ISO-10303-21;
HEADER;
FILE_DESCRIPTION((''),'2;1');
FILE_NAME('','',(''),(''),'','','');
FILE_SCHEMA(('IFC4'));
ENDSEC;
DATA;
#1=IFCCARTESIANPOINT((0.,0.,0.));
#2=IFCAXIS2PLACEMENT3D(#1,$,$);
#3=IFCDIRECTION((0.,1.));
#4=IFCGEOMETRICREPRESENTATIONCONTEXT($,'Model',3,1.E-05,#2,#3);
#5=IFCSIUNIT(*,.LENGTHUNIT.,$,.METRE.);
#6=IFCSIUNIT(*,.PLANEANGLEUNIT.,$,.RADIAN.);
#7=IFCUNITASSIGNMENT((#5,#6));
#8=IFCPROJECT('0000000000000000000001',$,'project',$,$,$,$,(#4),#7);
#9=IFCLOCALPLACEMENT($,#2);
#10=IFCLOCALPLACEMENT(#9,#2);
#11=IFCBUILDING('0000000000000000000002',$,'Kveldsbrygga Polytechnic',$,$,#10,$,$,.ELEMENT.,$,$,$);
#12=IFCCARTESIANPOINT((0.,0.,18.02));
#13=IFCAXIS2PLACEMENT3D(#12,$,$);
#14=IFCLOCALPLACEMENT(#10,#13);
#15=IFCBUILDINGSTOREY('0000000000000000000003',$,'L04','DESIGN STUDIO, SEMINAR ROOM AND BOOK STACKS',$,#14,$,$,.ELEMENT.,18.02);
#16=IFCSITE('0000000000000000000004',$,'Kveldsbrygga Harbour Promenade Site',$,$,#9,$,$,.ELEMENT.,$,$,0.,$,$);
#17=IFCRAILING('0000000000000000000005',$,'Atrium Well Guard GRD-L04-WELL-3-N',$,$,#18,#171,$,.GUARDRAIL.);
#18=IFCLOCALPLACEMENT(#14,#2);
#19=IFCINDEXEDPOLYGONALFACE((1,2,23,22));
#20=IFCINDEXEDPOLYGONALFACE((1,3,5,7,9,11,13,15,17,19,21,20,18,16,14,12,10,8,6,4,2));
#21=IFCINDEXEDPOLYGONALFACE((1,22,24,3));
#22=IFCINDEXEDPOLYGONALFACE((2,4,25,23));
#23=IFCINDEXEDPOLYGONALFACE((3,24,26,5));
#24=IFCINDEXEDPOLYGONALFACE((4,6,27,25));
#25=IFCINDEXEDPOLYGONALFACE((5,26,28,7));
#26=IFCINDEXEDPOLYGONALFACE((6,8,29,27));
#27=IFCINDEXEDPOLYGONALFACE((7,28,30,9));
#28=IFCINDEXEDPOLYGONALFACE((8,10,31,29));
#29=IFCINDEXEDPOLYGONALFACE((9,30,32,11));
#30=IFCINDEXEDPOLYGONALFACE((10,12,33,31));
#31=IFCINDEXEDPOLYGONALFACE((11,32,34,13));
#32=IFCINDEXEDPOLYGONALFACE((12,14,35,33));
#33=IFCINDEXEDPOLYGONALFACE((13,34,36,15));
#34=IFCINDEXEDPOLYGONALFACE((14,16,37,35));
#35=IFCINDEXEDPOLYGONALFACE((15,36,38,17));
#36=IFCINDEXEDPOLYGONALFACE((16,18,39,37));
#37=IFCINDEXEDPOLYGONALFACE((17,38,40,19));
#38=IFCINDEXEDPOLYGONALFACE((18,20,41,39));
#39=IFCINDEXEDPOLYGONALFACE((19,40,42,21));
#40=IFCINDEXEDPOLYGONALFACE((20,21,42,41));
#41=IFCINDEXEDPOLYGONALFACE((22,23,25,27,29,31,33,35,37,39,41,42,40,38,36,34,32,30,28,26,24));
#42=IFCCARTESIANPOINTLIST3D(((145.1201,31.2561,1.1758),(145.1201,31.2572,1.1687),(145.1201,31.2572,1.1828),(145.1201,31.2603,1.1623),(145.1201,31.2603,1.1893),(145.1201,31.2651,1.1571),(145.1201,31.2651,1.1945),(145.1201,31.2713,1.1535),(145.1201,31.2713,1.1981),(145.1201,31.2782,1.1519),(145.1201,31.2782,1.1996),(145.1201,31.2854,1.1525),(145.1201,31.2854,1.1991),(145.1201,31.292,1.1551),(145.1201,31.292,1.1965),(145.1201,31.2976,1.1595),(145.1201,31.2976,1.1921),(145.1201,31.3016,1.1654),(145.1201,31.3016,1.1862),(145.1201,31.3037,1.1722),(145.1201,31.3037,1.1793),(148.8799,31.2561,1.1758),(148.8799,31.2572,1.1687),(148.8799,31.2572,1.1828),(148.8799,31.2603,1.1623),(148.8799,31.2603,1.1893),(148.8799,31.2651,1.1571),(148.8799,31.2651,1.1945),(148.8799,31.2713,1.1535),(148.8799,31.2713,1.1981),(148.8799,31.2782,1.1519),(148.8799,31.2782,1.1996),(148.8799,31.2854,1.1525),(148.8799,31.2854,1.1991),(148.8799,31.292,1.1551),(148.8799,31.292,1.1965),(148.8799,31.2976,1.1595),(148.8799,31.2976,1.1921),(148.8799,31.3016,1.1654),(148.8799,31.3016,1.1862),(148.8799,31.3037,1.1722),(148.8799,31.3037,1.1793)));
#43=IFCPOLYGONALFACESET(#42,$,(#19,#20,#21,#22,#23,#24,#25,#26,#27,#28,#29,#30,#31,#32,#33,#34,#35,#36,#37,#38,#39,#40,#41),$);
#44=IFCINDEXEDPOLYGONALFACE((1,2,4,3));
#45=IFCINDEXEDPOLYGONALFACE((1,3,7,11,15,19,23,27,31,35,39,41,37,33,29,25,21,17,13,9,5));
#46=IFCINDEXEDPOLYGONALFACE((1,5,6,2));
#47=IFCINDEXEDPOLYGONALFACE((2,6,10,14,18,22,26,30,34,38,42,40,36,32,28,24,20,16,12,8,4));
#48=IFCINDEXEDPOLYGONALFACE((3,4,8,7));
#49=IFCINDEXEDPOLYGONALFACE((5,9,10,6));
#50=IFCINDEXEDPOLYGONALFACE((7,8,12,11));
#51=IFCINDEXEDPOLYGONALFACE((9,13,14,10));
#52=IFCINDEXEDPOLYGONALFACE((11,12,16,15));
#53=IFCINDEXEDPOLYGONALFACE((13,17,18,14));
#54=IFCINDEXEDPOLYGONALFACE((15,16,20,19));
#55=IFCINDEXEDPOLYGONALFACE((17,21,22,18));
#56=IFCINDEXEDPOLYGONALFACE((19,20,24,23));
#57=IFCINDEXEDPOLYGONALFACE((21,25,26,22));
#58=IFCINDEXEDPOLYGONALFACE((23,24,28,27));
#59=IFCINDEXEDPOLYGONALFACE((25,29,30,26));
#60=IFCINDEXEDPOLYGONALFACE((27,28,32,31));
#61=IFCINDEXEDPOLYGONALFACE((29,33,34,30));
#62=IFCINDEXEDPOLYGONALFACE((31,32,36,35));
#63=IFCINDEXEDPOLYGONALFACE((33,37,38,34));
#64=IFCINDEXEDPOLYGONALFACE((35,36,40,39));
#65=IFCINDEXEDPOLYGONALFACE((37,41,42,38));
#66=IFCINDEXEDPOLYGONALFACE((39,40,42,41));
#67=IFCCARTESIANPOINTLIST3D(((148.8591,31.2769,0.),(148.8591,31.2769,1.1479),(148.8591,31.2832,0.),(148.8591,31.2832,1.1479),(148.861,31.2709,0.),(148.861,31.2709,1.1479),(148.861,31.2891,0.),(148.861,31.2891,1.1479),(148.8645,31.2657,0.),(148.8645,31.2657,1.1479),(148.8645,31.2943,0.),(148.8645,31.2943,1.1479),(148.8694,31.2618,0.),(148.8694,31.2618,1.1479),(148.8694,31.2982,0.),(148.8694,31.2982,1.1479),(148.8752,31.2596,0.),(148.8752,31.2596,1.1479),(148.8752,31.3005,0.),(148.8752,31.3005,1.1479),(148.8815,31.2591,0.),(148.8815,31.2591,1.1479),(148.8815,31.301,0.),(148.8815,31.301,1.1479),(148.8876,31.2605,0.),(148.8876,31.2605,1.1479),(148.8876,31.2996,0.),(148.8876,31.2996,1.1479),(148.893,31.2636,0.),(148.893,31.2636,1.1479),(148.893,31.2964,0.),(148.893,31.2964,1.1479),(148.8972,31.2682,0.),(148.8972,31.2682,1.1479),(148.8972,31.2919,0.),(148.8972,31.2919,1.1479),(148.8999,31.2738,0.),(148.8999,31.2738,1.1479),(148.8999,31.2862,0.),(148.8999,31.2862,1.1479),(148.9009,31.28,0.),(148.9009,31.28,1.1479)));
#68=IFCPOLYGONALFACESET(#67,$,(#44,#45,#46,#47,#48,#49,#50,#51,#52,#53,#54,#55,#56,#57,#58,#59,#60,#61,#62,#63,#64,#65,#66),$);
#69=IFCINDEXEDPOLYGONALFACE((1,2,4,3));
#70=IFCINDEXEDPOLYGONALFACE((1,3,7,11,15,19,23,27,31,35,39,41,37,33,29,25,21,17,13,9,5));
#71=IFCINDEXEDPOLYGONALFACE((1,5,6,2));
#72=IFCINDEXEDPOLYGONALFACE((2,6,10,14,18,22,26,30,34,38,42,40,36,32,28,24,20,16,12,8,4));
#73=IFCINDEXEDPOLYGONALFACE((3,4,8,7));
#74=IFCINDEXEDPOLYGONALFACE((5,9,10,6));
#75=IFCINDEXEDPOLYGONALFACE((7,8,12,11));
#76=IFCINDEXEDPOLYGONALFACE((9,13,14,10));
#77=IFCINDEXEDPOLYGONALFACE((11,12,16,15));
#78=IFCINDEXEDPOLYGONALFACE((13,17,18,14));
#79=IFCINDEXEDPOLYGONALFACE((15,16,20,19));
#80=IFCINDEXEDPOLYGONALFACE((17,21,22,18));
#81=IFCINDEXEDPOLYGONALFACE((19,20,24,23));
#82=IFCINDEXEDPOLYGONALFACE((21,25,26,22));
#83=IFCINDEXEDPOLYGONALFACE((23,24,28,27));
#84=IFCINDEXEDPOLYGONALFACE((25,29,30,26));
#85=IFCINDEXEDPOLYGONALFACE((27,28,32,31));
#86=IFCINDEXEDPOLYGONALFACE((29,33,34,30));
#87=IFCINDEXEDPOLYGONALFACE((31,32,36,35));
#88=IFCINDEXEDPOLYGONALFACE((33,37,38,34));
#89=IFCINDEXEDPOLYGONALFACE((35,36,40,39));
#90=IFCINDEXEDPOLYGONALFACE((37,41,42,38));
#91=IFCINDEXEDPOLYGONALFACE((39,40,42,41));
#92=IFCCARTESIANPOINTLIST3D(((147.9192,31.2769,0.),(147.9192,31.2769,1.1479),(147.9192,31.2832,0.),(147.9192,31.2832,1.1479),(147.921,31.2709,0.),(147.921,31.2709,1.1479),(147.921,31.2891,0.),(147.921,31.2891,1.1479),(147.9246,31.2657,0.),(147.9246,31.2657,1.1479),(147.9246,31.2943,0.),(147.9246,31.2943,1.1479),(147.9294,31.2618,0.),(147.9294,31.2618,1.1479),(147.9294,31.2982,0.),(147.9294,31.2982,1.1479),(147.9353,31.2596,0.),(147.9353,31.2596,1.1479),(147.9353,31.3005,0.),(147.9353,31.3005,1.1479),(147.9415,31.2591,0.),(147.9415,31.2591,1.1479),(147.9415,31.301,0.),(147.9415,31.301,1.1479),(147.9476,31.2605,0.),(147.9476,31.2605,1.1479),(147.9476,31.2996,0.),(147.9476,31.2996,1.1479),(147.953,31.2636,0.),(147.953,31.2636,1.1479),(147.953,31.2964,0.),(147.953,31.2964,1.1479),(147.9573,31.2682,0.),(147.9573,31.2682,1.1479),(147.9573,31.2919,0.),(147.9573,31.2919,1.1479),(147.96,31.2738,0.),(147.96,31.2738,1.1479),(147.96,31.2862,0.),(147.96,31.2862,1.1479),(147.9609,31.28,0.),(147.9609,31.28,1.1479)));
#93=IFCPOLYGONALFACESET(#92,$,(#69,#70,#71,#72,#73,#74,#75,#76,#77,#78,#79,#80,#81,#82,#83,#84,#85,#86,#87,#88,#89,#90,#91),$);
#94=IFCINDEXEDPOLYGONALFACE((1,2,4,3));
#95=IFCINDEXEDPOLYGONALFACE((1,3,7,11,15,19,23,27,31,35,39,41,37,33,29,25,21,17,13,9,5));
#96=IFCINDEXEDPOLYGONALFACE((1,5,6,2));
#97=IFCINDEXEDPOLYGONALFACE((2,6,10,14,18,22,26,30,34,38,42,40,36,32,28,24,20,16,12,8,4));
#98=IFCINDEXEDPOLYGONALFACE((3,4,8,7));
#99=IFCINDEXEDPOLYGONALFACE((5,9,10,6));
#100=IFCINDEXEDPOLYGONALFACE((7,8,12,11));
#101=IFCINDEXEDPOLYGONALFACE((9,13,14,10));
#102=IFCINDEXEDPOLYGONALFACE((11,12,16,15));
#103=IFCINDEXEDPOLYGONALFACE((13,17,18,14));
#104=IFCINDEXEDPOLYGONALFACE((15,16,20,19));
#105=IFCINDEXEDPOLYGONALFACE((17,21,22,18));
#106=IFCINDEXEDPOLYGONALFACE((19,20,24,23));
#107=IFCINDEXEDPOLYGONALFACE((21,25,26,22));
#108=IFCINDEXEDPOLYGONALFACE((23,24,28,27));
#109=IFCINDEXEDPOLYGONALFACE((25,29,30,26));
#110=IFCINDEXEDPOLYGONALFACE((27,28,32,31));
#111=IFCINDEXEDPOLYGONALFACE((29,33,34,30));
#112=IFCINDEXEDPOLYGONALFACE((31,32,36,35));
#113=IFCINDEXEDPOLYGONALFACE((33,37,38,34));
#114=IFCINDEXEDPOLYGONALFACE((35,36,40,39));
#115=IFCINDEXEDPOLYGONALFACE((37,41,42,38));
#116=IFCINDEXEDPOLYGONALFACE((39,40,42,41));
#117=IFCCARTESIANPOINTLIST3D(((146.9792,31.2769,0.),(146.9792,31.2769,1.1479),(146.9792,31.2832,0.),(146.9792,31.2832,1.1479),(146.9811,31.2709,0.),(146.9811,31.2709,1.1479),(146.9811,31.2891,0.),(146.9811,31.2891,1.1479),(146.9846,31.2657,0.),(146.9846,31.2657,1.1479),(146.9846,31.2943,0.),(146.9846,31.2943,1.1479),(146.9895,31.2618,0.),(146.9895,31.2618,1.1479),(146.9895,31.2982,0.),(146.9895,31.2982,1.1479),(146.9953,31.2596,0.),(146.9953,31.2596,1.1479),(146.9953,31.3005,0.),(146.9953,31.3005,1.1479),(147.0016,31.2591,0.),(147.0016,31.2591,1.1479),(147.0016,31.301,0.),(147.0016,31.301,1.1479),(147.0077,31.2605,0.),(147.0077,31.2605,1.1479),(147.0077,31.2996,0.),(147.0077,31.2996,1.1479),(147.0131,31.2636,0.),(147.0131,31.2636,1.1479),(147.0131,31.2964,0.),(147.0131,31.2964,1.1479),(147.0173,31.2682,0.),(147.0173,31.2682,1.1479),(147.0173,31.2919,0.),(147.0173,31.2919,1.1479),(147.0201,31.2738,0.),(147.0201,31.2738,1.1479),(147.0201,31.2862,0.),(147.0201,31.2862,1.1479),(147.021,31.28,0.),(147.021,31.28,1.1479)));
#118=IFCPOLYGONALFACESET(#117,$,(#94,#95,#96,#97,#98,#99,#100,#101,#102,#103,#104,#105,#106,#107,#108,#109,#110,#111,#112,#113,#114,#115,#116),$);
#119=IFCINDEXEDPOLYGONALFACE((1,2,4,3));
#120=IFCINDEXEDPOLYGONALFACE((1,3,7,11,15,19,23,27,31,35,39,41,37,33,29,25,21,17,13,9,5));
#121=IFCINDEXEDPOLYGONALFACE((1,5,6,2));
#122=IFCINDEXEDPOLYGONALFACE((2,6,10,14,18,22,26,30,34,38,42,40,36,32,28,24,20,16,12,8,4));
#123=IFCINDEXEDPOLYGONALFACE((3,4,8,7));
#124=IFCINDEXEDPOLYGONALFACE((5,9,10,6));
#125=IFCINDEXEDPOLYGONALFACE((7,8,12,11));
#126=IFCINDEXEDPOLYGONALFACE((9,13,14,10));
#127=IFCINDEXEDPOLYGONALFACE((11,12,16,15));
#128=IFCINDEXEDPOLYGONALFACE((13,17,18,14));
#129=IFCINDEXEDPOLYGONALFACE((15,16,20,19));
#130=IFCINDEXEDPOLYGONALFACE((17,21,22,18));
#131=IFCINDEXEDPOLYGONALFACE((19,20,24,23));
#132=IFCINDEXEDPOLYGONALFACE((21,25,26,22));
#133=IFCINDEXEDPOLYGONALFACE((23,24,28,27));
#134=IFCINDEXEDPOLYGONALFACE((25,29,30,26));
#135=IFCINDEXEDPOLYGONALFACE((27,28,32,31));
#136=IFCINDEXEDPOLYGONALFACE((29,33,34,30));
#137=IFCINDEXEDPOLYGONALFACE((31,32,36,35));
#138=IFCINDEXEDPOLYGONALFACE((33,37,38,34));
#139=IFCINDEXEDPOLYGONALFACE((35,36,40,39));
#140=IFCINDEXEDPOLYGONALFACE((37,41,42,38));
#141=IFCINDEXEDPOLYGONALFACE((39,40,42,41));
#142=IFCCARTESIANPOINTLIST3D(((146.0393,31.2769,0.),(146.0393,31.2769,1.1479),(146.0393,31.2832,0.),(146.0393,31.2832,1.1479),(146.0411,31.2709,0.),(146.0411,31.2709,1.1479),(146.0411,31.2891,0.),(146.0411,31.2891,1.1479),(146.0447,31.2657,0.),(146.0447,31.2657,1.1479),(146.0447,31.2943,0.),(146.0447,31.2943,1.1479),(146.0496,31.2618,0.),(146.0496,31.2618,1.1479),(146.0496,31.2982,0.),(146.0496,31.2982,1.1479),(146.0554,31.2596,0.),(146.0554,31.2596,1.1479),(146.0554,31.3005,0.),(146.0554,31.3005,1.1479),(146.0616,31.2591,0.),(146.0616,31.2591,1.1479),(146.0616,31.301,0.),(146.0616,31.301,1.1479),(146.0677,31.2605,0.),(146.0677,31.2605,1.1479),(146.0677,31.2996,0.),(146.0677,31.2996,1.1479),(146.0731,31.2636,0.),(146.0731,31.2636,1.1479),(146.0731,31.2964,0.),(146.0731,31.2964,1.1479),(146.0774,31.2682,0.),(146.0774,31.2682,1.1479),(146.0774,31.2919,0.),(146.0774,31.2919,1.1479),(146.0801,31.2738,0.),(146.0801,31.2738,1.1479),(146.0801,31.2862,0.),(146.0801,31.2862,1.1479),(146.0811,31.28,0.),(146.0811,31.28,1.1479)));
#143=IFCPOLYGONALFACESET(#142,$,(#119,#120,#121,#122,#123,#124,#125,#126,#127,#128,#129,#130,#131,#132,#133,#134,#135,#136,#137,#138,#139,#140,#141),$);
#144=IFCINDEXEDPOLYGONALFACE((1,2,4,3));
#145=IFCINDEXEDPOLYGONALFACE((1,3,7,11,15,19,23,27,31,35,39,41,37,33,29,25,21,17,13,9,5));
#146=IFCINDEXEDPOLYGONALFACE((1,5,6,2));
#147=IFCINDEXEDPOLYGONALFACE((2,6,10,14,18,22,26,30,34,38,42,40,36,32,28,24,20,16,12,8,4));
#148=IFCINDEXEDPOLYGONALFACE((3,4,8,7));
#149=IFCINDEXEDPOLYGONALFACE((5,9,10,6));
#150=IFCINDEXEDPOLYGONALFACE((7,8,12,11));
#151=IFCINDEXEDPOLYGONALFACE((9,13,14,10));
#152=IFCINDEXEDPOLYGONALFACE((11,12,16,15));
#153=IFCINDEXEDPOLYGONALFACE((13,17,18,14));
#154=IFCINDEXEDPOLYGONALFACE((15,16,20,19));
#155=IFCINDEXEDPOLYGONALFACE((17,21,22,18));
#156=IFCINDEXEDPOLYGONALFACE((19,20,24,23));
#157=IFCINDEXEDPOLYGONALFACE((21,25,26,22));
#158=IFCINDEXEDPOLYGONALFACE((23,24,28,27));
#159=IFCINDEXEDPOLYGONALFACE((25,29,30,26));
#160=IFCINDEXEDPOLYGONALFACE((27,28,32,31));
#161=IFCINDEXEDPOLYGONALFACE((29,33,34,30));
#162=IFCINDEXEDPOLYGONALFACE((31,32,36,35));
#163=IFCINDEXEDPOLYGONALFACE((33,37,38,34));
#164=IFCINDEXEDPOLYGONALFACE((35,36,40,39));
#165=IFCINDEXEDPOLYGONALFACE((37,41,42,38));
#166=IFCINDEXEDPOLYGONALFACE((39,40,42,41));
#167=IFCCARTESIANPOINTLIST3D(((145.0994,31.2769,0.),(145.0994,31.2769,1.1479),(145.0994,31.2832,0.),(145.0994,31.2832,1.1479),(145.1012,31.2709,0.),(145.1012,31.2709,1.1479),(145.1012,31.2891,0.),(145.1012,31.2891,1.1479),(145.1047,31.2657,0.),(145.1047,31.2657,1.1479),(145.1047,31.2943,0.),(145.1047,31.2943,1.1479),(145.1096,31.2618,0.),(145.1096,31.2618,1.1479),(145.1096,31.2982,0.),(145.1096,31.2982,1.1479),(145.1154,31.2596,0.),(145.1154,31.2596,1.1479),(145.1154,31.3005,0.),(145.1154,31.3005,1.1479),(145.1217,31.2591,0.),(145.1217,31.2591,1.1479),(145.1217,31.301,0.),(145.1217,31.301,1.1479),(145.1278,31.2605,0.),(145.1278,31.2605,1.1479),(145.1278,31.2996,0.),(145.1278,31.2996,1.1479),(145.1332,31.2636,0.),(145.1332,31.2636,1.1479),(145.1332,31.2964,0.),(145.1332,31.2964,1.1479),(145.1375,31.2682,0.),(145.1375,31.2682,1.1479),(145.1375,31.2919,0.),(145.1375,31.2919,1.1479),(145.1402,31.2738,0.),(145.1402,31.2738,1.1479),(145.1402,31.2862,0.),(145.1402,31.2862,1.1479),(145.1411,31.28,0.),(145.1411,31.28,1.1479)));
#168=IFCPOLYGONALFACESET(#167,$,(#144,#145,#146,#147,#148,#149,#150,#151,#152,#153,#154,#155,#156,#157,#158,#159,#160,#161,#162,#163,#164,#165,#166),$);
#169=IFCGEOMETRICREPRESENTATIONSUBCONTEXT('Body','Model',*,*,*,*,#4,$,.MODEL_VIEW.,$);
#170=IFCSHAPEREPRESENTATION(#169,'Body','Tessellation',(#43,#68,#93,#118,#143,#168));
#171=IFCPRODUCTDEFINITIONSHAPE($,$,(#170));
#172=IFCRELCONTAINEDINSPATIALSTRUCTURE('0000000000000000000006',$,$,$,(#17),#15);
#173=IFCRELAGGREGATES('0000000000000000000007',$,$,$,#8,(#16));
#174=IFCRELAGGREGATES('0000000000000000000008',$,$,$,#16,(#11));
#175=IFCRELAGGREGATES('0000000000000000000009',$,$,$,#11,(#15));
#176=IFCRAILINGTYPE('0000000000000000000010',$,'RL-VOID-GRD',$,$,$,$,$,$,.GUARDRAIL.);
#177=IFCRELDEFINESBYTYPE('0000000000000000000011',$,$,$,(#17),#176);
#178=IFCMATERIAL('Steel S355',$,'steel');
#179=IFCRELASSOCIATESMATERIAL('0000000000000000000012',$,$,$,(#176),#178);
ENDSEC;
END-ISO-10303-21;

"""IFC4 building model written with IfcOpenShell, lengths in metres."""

from ifc_helpers import new_model, si_unit, direction, frame, origin, origin_2d, place, context, subcontext, project, spatial, circle, extrude, material, type_object, element, save


model = new_model("IFC4")

# Units and contexts
model_context = context("Model", 3, precision=1e-05, world=origin(), true_north=direction((0.0, 1.0)))
body_context = subcontext(model_context, "Body", "Model", "MODEL_VIEW")
ifc_project = project(units=[si_unit("LENGTHUNIT", "METRE"), si_unit("PLANEANGLEUNIT", "RADIAN")], contexts=[model_context])

# Site, building, storey
site_placement = place(None, origin())
site = spatial("IfcSite", under=ifc_project, at=site_placement, Name="Kveldsbrygga Harbour Promenade Site", CompositionType="ELEMENT", RefElevation=0.0)
building_placement = place(site_placement, origin())
building = spatial("IfcBuilding", under=site, at=building_placement, Name="Kveldsbrygga Polytechnic", CompositionType="ELEMENT")
storey_placement = place(building_placement, frame((0.0, 0.0, 18.02)))
storey = spatial("IfcBuildingStorey", under=building, at=storey_placement, Name="L04", Description="DESIGN STUDIO, SEMINAR ROOM AND BOOK STACKS", CompositionType="ELEMENT", Elevation=18.02)

# Shared definitions
ifc_material_1 = material(Name="Steel S355", Category="steel")

# Railing
railing_type_1 = type_object("IfcRailingType", Name="RL-VOID-GRD", PredefinedType="GUARDRAIL", material=ifc_material_1)
railing_1_placement = place(storey_placement, frame((148.8799, 31.28, 0.0)))
element("IfcRailing", 1, at=railing_1_placement, inside=storey, type_object=railing_type_1, Name="Atrium Well Guard GRD-L04-WELL-3-N", PredefinedType="GUARDRAIL", context=body_context, shape_type="SweptSolid", body=[
    extrude(circle(Radius=0.0239, at=origin_2d()), frame((0.0, 0.0, 1.1758), z_axis=(-1.0, 0.0, 0.0), x_axis=(0.0, -1.0, 0.0)), (0.0, 0.0, 1.0), 3.7598),
    extrude(circle(Radius=0.021, at=origin_2d()), origin(), (0.0, 0.0, 1.0), 1.1479),
    extrude(circle(Radius=0.021, at=origin_2d()), frame((-0.9399, 0.0, 0.0)), (0.0, 0.0, 1.0), 1.1479),
    extrude(circle(Radius=0.021, at=origin_2d()), frame((-1.8799, 0.0, 0.0)), (0.0, 0.0, 1.0), 1.1479),
    extrude(circle(Radius=0.021, at=origin_2d()), frame((-2.8198, 0.0, 0.0)), (0.0, 0.0, 1.0), 1.1479),
    extrude(circle(Radius=0.021, at=origin_2d()), frame((-3.7598, 0.0, 0.0)), (0.0, 0.0, 1.0), 1.1479),
])

save(model, "model.ifc")
